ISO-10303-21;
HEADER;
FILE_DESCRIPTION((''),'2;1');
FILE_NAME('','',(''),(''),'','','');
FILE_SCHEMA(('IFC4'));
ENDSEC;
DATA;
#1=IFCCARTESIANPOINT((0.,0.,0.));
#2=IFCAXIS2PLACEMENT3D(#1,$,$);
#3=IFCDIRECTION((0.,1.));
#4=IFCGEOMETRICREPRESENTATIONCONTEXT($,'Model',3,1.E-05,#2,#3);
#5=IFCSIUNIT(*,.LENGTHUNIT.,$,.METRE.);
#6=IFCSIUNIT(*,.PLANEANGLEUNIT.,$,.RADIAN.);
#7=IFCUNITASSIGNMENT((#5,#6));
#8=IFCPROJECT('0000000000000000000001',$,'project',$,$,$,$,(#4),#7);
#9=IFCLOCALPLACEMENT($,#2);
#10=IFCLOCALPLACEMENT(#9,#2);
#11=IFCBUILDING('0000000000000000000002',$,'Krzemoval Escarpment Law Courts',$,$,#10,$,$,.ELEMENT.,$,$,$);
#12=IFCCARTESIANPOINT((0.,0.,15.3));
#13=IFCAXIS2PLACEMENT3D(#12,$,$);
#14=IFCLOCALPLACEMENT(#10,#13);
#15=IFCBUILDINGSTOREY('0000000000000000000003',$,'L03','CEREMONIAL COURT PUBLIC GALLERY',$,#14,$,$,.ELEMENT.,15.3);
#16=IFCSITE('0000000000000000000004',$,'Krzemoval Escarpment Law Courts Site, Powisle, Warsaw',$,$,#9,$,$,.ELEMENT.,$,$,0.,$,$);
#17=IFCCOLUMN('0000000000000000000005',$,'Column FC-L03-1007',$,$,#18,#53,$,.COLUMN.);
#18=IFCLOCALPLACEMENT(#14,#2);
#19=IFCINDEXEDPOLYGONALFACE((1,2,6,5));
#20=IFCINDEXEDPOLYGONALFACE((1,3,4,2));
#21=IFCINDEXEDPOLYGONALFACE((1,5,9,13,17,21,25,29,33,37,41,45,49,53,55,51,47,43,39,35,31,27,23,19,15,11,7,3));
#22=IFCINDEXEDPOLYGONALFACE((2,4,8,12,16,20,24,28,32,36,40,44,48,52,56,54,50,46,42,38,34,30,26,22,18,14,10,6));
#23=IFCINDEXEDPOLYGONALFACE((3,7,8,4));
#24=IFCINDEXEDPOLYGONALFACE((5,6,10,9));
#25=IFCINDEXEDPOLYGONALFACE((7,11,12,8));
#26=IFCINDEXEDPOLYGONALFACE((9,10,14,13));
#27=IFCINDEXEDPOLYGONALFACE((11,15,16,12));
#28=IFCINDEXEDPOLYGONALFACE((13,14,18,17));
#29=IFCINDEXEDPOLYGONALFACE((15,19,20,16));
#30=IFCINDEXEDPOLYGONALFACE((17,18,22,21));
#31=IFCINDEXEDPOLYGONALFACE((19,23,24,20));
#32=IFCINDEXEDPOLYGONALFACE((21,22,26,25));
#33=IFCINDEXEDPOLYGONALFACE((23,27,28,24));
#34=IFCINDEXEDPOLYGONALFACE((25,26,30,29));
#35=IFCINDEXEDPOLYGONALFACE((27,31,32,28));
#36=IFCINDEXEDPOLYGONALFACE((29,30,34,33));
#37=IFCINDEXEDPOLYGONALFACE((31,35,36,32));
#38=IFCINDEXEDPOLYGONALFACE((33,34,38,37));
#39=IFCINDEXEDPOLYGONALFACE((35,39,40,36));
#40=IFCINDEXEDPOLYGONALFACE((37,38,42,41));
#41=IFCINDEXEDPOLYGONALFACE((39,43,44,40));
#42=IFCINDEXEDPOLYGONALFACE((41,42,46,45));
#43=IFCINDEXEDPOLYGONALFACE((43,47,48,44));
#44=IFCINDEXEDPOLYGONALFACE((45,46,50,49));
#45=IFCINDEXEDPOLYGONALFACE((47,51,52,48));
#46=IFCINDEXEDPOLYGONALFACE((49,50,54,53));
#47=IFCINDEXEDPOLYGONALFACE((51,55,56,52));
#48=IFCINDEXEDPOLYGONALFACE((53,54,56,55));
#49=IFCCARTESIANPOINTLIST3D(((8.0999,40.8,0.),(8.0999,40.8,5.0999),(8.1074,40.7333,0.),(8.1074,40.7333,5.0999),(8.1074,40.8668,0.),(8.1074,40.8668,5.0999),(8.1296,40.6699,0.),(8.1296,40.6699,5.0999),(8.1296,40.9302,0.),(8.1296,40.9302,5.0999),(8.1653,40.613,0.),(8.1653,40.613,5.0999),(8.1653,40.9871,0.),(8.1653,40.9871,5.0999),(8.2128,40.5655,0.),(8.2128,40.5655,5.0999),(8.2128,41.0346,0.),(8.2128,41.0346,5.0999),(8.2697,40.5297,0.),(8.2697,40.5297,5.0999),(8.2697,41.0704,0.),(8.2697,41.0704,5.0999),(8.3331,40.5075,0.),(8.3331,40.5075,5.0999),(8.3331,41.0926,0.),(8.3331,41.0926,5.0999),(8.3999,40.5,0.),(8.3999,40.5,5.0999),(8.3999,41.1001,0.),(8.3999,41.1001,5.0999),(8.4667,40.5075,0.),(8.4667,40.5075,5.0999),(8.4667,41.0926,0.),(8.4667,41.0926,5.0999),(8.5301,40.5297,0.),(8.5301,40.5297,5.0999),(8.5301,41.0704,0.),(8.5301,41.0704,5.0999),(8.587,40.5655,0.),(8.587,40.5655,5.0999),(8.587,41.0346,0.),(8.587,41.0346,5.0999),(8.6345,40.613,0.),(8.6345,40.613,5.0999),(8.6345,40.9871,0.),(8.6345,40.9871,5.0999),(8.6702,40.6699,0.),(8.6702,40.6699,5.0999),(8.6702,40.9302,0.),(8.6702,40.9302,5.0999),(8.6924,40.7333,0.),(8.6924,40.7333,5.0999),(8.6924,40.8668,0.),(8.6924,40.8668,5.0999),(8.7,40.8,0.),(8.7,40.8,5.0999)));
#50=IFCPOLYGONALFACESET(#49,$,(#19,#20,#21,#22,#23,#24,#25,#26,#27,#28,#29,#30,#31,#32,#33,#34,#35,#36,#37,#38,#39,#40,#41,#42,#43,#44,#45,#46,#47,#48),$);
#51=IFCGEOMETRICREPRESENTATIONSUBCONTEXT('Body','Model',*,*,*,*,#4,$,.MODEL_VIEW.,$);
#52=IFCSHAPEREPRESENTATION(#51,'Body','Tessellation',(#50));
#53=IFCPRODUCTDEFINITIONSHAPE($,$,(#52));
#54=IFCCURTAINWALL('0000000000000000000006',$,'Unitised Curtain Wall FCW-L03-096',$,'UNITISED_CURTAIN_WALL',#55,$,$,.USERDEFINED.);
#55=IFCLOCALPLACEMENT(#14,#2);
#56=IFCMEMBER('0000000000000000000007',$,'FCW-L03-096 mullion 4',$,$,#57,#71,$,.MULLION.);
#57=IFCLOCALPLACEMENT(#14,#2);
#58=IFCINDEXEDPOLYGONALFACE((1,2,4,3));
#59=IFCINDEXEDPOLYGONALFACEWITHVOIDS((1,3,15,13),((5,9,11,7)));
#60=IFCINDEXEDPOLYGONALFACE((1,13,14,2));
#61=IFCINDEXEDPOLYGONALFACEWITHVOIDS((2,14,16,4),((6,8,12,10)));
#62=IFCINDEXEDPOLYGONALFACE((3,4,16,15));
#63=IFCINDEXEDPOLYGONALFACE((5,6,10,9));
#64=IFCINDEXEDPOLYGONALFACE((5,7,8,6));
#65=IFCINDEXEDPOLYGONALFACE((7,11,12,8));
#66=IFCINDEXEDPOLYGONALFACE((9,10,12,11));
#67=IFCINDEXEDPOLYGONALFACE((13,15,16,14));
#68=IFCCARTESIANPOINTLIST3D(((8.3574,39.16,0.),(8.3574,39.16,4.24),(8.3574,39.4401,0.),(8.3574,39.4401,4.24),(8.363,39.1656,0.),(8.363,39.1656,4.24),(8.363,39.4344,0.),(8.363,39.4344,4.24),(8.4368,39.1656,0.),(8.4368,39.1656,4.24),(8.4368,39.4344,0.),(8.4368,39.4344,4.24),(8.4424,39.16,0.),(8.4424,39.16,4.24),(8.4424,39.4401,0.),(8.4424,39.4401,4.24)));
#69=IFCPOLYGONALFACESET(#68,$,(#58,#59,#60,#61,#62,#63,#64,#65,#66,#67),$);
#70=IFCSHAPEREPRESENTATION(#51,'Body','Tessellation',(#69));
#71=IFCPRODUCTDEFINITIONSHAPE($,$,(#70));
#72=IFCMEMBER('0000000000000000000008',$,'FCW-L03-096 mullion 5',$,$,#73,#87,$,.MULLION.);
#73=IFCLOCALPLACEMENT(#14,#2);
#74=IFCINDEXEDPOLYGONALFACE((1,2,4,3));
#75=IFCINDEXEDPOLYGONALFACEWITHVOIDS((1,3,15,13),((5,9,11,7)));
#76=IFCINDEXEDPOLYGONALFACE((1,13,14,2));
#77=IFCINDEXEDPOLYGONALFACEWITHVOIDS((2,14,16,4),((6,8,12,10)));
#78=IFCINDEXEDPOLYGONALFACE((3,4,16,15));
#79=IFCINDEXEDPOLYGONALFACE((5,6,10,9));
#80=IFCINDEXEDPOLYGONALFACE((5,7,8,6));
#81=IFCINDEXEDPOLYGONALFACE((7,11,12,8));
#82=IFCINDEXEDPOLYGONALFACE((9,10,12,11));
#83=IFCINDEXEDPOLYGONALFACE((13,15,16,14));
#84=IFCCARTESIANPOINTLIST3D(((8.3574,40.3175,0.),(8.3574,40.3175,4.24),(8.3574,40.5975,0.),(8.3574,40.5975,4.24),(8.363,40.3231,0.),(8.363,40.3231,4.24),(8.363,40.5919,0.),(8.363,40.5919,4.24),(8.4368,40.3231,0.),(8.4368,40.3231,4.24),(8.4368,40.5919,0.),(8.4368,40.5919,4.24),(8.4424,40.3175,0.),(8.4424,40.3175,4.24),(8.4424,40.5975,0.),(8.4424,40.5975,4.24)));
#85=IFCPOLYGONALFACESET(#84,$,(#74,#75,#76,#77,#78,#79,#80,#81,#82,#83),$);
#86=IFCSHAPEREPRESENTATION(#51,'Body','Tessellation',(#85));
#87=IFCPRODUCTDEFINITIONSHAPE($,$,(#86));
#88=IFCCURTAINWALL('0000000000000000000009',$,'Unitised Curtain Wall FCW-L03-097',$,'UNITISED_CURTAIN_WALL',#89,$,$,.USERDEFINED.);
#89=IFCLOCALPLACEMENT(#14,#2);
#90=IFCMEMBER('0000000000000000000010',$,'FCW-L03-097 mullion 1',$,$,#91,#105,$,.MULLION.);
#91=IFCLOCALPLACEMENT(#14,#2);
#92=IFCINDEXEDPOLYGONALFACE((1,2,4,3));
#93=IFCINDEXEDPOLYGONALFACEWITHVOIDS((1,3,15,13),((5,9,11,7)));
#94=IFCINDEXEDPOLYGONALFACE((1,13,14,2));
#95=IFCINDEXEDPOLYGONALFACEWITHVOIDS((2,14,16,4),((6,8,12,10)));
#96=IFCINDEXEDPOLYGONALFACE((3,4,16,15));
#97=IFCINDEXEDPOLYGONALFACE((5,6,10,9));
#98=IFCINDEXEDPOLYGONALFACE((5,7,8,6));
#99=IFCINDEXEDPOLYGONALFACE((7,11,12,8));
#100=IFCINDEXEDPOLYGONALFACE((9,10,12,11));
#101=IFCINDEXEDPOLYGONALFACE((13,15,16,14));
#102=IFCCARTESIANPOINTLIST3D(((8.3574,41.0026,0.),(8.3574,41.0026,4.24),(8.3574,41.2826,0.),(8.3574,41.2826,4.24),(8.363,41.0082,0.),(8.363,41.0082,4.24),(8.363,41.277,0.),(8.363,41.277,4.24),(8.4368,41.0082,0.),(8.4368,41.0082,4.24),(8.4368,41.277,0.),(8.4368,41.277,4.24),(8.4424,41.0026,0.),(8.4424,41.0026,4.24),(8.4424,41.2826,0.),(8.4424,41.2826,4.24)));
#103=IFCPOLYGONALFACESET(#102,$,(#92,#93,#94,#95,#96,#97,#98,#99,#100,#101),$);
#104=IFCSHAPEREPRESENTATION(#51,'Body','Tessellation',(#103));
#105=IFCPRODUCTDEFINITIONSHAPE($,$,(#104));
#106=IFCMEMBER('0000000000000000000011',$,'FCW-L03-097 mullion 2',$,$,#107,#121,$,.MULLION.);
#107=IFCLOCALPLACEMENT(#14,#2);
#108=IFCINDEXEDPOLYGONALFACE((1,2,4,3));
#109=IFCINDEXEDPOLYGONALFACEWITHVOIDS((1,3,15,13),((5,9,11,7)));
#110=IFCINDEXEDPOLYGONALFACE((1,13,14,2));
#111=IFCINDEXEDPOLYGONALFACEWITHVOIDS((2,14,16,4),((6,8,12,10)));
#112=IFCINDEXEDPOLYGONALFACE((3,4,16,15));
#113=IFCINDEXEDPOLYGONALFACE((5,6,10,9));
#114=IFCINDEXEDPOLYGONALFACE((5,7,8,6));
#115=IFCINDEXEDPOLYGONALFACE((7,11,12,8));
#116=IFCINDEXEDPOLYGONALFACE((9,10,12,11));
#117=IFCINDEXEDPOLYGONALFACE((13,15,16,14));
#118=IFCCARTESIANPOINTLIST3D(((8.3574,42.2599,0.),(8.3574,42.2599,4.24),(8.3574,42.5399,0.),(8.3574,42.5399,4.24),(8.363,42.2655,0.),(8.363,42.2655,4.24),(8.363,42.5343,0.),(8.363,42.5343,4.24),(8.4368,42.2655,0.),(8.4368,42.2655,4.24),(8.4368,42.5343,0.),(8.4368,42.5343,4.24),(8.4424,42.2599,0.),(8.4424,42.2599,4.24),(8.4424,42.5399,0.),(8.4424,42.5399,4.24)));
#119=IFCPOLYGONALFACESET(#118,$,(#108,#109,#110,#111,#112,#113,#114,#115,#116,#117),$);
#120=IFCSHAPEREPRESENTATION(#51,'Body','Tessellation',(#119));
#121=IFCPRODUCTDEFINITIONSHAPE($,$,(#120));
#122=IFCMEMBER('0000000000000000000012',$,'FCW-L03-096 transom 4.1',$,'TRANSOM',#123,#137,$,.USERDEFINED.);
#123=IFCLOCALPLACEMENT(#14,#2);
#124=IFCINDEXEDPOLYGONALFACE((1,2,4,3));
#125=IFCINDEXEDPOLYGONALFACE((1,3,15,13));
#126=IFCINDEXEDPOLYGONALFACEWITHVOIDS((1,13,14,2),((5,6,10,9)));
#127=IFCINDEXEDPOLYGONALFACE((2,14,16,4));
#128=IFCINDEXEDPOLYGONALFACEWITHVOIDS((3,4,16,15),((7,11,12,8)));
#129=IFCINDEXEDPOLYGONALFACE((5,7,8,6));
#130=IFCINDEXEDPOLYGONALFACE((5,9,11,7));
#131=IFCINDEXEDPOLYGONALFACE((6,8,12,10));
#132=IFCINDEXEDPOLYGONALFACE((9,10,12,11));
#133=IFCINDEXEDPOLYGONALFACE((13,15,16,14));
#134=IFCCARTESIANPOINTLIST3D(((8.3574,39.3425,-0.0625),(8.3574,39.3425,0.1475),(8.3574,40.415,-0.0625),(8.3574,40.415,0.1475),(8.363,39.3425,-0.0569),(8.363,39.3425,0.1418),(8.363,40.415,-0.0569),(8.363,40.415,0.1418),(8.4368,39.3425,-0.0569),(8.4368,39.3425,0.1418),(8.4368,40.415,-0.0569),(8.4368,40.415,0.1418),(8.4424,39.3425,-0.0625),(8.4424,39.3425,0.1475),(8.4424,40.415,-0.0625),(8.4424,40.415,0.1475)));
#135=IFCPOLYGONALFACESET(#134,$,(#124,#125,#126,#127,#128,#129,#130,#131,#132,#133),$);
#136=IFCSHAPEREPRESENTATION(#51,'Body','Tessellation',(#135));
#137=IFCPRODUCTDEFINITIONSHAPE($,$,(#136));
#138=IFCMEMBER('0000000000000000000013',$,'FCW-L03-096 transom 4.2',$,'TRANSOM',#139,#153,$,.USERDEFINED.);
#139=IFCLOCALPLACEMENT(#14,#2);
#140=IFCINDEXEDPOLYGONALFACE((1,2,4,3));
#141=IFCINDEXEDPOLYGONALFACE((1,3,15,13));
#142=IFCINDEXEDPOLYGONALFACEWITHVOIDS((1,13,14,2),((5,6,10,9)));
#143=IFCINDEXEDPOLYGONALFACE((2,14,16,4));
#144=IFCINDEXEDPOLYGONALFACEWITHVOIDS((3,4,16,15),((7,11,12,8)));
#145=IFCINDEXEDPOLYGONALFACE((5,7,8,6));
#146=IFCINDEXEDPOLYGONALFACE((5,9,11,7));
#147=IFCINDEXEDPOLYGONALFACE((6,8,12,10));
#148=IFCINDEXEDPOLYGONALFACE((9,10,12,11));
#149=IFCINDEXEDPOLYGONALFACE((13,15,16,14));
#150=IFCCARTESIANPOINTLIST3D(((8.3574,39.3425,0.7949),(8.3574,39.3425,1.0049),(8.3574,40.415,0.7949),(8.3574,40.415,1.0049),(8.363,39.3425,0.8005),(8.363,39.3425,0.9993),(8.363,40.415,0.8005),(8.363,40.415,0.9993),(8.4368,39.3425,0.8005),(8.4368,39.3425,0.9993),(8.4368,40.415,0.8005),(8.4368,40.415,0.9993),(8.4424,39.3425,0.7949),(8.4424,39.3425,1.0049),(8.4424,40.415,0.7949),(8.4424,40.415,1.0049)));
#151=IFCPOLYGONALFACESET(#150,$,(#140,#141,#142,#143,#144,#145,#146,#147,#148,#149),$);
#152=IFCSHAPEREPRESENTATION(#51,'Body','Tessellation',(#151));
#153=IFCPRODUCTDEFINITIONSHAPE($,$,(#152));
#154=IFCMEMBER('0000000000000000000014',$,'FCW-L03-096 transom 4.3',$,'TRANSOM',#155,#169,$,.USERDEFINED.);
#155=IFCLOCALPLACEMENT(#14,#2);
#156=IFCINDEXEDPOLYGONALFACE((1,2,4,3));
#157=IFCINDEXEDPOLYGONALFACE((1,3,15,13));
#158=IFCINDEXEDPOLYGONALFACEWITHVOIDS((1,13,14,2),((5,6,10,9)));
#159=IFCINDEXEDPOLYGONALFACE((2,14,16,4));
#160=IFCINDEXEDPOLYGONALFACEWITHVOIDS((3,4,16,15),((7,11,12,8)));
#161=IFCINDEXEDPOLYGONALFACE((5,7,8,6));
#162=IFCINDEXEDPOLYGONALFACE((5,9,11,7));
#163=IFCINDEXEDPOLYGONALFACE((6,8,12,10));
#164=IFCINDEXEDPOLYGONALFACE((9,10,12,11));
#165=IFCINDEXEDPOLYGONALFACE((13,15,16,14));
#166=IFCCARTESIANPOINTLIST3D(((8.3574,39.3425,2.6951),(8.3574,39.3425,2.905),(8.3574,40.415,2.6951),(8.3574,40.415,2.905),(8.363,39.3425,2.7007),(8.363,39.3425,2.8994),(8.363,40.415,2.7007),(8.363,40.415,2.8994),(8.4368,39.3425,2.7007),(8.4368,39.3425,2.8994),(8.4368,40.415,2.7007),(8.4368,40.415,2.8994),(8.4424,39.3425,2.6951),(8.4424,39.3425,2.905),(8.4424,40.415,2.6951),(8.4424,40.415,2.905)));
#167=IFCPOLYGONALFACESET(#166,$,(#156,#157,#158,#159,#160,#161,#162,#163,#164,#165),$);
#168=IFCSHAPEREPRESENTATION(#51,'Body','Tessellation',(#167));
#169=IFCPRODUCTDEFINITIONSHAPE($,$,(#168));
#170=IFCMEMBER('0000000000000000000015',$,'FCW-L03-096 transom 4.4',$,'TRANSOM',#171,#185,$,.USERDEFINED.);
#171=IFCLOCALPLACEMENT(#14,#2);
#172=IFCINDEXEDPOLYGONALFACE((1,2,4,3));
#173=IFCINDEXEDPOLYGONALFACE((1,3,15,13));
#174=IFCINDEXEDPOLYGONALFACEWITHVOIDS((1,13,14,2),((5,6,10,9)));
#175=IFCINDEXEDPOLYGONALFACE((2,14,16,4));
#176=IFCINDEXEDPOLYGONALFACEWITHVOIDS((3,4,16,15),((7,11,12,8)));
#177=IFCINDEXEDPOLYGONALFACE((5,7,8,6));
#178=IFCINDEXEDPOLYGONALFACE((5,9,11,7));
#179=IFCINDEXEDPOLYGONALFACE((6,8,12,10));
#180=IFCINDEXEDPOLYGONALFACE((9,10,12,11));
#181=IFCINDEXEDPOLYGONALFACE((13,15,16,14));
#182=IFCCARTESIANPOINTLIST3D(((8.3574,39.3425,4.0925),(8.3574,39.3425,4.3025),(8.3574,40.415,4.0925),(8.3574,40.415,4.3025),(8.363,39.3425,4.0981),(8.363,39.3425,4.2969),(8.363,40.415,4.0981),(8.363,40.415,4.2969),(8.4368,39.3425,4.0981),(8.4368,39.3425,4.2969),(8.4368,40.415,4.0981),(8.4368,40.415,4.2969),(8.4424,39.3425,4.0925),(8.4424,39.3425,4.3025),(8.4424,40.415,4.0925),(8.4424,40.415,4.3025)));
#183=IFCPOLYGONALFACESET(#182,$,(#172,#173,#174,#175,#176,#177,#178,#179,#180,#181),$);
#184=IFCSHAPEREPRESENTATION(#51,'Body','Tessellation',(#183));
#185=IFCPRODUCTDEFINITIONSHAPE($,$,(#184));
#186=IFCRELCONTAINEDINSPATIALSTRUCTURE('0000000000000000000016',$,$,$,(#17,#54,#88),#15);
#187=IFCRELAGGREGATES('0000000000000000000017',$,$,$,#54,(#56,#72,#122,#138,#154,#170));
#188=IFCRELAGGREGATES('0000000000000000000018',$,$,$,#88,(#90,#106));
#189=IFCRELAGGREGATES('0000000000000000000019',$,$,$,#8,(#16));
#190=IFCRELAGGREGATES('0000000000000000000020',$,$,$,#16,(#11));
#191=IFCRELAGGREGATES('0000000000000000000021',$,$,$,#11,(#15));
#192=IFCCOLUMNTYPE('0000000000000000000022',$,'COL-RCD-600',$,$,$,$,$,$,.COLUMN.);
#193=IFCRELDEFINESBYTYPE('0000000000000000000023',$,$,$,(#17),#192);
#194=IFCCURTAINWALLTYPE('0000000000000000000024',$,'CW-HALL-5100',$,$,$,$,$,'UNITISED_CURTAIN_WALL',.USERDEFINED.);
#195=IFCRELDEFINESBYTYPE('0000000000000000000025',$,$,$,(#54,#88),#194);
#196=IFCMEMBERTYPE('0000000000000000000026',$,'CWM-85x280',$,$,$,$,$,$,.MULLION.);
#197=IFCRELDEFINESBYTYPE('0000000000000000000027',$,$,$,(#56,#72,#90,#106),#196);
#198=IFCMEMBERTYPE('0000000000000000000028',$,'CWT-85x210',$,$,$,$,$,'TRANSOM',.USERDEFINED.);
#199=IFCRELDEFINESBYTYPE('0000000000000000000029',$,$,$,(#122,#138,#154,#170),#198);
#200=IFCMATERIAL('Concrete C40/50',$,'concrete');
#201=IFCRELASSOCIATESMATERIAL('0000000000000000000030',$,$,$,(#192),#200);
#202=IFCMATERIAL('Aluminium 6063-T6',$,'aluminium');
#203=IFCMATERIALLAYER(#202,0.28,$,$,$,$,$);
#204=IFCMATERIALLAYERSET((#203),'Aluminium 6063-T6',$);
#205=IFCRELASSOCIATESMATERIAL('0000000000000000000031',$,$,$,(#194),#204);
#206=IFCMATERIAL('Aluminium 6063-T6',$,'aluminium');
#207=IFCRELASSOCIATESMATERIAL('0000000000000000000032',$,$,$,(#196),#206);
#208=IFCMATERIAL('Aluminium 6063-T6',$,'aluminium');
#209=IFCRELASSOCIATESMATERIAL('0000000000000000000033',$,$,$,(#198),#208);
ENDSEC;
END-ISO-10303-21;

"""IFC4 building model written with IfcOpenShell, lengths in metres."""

from ifc_helpers import new_model, si_unit, direction, frame, origin, origin_2d, place, context, subcontext, project, spatial, hollow_rectangle, circle, extrude, material, layer, layer_set, material_profile, profile_set, type_object, element, aggregate, save


model = new_model("IFC4")

# Units and contexts
model_context = context("Model", 3, precision=1e-05, world=origin(), true_north=direction((0.0, 1.0)))
body_context = subcontext(model_context, "Body", "Model", "MODEL_VIEW")
ifc_project = project(units=[si_unit("LENGTHUNIT", "METRE"), si_unit("PLANEANGLEUNIT", "RADIAN")], contexts=[model_context])

# Site, building, storey
site_placement = place(None, origin())
site = spatial("IfcSite", under=ifc_project, at=site_placement, Name="Krzemoval Escarpment Law Courts Site, Powisle, Warsaw", CompositionType="ELEMENT", RefElevation=0.0)
building_placement = place(site_placement, origin())
building = spatial("IfcBuilding", under=site, at=building_placement, Name="Krzemoval Escarpment Law Courts", CompositionType="ELEMENT")
storey_placement = place(building_placement, frame((0.0, 0.0, 15.3)))
storey = spatial("IfcBuildingStorey", under=building, at=storey_placement, Name="L03", Description="CEREMONIAL COURT PUBLIC GALLERY", CompositionType="ELEMENT", Elevation=15.3)

# Column
ifc_material_1 = material(Name="Concrete C40/50", Category="concrete")
ifc_material_profile_1 = material_profile(ifc_material_1, circle(Radius=0.3, at=origin_2d()), Name="RC D600")
ifc_profile_set_1 = profile_set([ifc_material_profile_1], Name="Concrete C40/50")
column_type = type_object("IfcColumnType", Name="COL-RCD-600", PredefinedType="COLUMN", material=ifc_profile_set_1)
column_placement = place(storey_placement, frame((8.3999, 40.8, 0.0), z_axis=(0.0, 0.0, 1.0), x_axis=(1.0, 0.0, 0.0)))
element("IfcColumn", 1, at=column_placement, inside=storey, type_object=column_type, Name="Column FC-L03-1007", PredefinedType="COLUMN", context=body_context, shape_type="SweptSolid", body=[
    extrude(circle(Radius=0.3, at=origin_2d()), origin(), (0.0, 0.0, 1.0), 5.0999),
])

# Curtain walls, members
ifc_material_2 = material(Name="Aluminium 6063-T6", Category="aluminium")
ifc_layer_1 = layer(ifc_material_2, 0.28)
ifc_layer_set_1 = layer_set([ifc_layer_1], Name="Aluminium 6063-T6")
curtain_wall_type = type_object("IfcCurtainWallType", Name="CW-HALL-5100", ElementType="UNITISED_CURTAIN_WALL", PredefinedType="USERDEFINED", material=ifc_layer_set_1)
curtain_wall_1_placement = place(storey_placement, origin())
curtain_wall_1 = element("IfcCurtainWall", 2, at=curtain_wall_1_placement, inside=storey, type_object=curtain_wall_type, Name="Unitised Curtain Wall FCW-L03-096", ObjectType="UNITISED_CURTAIN_WALL", PredefinedType="USERDEFINED")
ifc_material_3 = material(Name="Aluminium 6063-T6", Category="aluminium")
ifc_material_profile_2 = material_profile(ifc_material_3, hollow_rectangle(XDim=0.085, YDim=0.28, WallThickness=0.0056, at=origin_2d()), Name="ALU M85x280")
ifc_profile_set_2 = profile_set([ifc_material_profile_2], Name="Aluminium 6063-T6")
member_type_1 = type_object("IfcMemberType", Name="CWM-85x280", PredefinedType="MULLION", material=ifc_profile_set_2)
member_1_placement = place(storey_placement, frame((8.3999, 39.3, 0.0), z_axis=(0.0, 0.0, 1.0), x_axis=(-1.0, 0.0, 0.0)))
member_1 = element("IfcMember", 3, at=member_1_placement, type_object=member_type_1, Name="FCW-L03-096 mullion 4", PredefinedType="MULLION", context=body_context, shape_type="SweptSolid", body=[
    extrude(hollow_rectangle(XDim=0.085, YDim=0.28, WallThickness=0.0056, at=origin_2d()), origin(), (0.0, 0.0, 1.0), 4.24),
])
member_2_placement = place(storey_placement, frame((8.3999, 40.4575, 0.0), z_axis=(0.0, 0.0, 1.0), x_axis=(-1.0, 0.0, 0.0)))
member_2 = element("IfcMember", 4, at=member_2_placement, type_object=member_type_1, Name="FCW-L03-096 mullion 5", PredefinedType="MULLION", context=body_context, shape_type="SweptSolid", body=[
    extrude(hollow_rectangle(XDim=0.085, YDim=0.28, WallThickness=0.0056, at=origin_2d()), origin(), (0.0, 0.0, 1.0), 4.24),
])
curtain_wall_2_placement = place(storey_placement, origin())
curtain_wall_2 = element("IfcCurtainWall", 5, at=curtain_wall_2_placement, inside=storey, type_object=curtain_wall_type, Name="Unitised Curtain Wall FCW-L03-097", ObjectType="UNITISED_CURTAIN_WALL", PredefinedType="USERDEFINED")
member_3_placement = place(storey_placement, frame((8.3999, 41.1426, 0.0), z_axis=(0.0, 0.0, 1.0), x_axis=(-1.0, 0.0, 0.0)))
member_3 = element("IfcMember", 6, at=member_3_placement, type_object=member_type_1, Name="FCW-L03-097 mullion 1", PredefinedType="MULLION", context=body_context, shape_type="SweptSolid", body=[
    extrude(hollow_rectangle(XDim=0.085, YDim=0.28, WallThickness=0.0056, at=origin_2d()), origin(), (0.0, 0.0, 1.0), 4.24),
])
member_4_placement = place(storey_placement, frame((8.3999, 42.3999, 0.0), z_axis=(0.0, 0.0, 1.0), x_axis=(-1.0, 0.0, 0.0)))
member_4 = element("IfcMember", 7, at=member_4_placement, type_object=member_type_1, Name="FCW-L03-097 mullion 2", PredefinedType="MULLION", context=body_context, shape_type="SweptSolid", body=[
    extrude(hollow_rectangle(XDim=0.085, YDim=0.28, WallThickness=0.0056, at=origin_2d()), origin(), (0.0, 0.0, 1.0), 4.24),
])

# Members
ifc_material_4 = material(Name="Aluminium 6063-T6", Category="aluminium")
ifc_material_profile_3 = material_profile(ifc_material_4, hollow_rectangle(XDim=0.085, YDim=0.21, WallThickness=0.0056, at=origin_2d()), Name="ALU T85x210")
ifc_profile_set_3 = profile_set([ifc_material_profile_3], Name="Aluminium 6063-T6")
member_type_2 = type_object("IfcMemberType", Name="CWT-85x210", ElementType="TRANSOM", PredefinedType="USERDEFINED", material=ifc_profile_set_3)
member_5_placement = place(storey_placement, frame((8.3999, 39.3425, 0.0425), z_axis=(0.0, 1.0, 0.0), x_axis=(-1.0, 0.0, 0.0)))
member_5 = element("IfcMember", 8, at=member_5_placement, type_object=member_type_2, Name="FCW-L03-096 transom 4.1", ObjectType="TRANSOM", PredefinedType="USERDEFINED", context=body_context, shape_type="SweptSolid", body=[
    extrude(hollow_rectangle(XDim=0.085, YDim=0.21, WallThickness=0.0056, at=origin_2d()), origin(), (0.0, 0.0, 1.0), 1.0725),
])
member_6_placement = place(storey_placement, frame((8.3999, 39.3425, 0.8999), z_axis=(0.0, 1.0, 0.0), x_axis=(-1.0, 0.0, 0.0)))
member_6 = element("IfcMember", 9, at=member_6_placement, type_object=member_type_2, Name="FCW-L03-096 transom 4.2", ObjectType="TRANSOM", PredefinedType="USERDEFINED", context=body_context, shape_type="SweptSolid", body=[
    extrude(hollow_rectangle(XDim=0.085, YDim=0.21, WallThickness=0.0056, at=origin_2d()), origin(), (0.0, 0.0, 1.0), 1.0725),
])
member_7_placement = place(storey_placement, frame((8.3999, 39.3425, 2.8), z_axis=(0.0, 1.0, 0.0), x_axis=(-1.0, 0.0, 0.0)))
member_7 = element("IfcMember", 10, at=member_7_placement, type_object=member_type_2, Name="FCW-L03-096 transom 4.3", ObjectType="TRANSOM", PredefinedType="USERDEFINED", context=body_context, shape_type="SweptSolid", body=[
    extrude(hollow_rectangle(XDim=0.085, YDim=0.21, WallThickness=0.0056, at=origin_2d()), origin(), (0.0, 0.0, 1.0), 1.0725),
])
member_8_placement = place(storey_placement, frame((8.3999, 39.3425, 4.1975), z_axis=(0.0, 1.0, 0.0), x_axis=(-1.0, 0.0, 0.0)))
member_8 = element("IfcMember", 11, at=member_8_placement, type_object=member_type_2, Name="FCW-L03-096 transom 4.4", ObjectType="TRANSOM", PredefinedType="USERDEFINED", context=body_context, shape_type="SweptSolid", body=[
    extrude(hollow_rectangle(XDim=0.085, YDim=0.21, WallThickness=0.0056, at=origin_2d()), origin(), (0.0, 0.0, 1.0), 1.0725),
])

aggregate(curtain_wall_1, [member_1, member_2, member_5, member_6, member_7, member_8])
aggregate(curtain_wall_2, [member_3, member_4])

save(model, "model.ifc")
